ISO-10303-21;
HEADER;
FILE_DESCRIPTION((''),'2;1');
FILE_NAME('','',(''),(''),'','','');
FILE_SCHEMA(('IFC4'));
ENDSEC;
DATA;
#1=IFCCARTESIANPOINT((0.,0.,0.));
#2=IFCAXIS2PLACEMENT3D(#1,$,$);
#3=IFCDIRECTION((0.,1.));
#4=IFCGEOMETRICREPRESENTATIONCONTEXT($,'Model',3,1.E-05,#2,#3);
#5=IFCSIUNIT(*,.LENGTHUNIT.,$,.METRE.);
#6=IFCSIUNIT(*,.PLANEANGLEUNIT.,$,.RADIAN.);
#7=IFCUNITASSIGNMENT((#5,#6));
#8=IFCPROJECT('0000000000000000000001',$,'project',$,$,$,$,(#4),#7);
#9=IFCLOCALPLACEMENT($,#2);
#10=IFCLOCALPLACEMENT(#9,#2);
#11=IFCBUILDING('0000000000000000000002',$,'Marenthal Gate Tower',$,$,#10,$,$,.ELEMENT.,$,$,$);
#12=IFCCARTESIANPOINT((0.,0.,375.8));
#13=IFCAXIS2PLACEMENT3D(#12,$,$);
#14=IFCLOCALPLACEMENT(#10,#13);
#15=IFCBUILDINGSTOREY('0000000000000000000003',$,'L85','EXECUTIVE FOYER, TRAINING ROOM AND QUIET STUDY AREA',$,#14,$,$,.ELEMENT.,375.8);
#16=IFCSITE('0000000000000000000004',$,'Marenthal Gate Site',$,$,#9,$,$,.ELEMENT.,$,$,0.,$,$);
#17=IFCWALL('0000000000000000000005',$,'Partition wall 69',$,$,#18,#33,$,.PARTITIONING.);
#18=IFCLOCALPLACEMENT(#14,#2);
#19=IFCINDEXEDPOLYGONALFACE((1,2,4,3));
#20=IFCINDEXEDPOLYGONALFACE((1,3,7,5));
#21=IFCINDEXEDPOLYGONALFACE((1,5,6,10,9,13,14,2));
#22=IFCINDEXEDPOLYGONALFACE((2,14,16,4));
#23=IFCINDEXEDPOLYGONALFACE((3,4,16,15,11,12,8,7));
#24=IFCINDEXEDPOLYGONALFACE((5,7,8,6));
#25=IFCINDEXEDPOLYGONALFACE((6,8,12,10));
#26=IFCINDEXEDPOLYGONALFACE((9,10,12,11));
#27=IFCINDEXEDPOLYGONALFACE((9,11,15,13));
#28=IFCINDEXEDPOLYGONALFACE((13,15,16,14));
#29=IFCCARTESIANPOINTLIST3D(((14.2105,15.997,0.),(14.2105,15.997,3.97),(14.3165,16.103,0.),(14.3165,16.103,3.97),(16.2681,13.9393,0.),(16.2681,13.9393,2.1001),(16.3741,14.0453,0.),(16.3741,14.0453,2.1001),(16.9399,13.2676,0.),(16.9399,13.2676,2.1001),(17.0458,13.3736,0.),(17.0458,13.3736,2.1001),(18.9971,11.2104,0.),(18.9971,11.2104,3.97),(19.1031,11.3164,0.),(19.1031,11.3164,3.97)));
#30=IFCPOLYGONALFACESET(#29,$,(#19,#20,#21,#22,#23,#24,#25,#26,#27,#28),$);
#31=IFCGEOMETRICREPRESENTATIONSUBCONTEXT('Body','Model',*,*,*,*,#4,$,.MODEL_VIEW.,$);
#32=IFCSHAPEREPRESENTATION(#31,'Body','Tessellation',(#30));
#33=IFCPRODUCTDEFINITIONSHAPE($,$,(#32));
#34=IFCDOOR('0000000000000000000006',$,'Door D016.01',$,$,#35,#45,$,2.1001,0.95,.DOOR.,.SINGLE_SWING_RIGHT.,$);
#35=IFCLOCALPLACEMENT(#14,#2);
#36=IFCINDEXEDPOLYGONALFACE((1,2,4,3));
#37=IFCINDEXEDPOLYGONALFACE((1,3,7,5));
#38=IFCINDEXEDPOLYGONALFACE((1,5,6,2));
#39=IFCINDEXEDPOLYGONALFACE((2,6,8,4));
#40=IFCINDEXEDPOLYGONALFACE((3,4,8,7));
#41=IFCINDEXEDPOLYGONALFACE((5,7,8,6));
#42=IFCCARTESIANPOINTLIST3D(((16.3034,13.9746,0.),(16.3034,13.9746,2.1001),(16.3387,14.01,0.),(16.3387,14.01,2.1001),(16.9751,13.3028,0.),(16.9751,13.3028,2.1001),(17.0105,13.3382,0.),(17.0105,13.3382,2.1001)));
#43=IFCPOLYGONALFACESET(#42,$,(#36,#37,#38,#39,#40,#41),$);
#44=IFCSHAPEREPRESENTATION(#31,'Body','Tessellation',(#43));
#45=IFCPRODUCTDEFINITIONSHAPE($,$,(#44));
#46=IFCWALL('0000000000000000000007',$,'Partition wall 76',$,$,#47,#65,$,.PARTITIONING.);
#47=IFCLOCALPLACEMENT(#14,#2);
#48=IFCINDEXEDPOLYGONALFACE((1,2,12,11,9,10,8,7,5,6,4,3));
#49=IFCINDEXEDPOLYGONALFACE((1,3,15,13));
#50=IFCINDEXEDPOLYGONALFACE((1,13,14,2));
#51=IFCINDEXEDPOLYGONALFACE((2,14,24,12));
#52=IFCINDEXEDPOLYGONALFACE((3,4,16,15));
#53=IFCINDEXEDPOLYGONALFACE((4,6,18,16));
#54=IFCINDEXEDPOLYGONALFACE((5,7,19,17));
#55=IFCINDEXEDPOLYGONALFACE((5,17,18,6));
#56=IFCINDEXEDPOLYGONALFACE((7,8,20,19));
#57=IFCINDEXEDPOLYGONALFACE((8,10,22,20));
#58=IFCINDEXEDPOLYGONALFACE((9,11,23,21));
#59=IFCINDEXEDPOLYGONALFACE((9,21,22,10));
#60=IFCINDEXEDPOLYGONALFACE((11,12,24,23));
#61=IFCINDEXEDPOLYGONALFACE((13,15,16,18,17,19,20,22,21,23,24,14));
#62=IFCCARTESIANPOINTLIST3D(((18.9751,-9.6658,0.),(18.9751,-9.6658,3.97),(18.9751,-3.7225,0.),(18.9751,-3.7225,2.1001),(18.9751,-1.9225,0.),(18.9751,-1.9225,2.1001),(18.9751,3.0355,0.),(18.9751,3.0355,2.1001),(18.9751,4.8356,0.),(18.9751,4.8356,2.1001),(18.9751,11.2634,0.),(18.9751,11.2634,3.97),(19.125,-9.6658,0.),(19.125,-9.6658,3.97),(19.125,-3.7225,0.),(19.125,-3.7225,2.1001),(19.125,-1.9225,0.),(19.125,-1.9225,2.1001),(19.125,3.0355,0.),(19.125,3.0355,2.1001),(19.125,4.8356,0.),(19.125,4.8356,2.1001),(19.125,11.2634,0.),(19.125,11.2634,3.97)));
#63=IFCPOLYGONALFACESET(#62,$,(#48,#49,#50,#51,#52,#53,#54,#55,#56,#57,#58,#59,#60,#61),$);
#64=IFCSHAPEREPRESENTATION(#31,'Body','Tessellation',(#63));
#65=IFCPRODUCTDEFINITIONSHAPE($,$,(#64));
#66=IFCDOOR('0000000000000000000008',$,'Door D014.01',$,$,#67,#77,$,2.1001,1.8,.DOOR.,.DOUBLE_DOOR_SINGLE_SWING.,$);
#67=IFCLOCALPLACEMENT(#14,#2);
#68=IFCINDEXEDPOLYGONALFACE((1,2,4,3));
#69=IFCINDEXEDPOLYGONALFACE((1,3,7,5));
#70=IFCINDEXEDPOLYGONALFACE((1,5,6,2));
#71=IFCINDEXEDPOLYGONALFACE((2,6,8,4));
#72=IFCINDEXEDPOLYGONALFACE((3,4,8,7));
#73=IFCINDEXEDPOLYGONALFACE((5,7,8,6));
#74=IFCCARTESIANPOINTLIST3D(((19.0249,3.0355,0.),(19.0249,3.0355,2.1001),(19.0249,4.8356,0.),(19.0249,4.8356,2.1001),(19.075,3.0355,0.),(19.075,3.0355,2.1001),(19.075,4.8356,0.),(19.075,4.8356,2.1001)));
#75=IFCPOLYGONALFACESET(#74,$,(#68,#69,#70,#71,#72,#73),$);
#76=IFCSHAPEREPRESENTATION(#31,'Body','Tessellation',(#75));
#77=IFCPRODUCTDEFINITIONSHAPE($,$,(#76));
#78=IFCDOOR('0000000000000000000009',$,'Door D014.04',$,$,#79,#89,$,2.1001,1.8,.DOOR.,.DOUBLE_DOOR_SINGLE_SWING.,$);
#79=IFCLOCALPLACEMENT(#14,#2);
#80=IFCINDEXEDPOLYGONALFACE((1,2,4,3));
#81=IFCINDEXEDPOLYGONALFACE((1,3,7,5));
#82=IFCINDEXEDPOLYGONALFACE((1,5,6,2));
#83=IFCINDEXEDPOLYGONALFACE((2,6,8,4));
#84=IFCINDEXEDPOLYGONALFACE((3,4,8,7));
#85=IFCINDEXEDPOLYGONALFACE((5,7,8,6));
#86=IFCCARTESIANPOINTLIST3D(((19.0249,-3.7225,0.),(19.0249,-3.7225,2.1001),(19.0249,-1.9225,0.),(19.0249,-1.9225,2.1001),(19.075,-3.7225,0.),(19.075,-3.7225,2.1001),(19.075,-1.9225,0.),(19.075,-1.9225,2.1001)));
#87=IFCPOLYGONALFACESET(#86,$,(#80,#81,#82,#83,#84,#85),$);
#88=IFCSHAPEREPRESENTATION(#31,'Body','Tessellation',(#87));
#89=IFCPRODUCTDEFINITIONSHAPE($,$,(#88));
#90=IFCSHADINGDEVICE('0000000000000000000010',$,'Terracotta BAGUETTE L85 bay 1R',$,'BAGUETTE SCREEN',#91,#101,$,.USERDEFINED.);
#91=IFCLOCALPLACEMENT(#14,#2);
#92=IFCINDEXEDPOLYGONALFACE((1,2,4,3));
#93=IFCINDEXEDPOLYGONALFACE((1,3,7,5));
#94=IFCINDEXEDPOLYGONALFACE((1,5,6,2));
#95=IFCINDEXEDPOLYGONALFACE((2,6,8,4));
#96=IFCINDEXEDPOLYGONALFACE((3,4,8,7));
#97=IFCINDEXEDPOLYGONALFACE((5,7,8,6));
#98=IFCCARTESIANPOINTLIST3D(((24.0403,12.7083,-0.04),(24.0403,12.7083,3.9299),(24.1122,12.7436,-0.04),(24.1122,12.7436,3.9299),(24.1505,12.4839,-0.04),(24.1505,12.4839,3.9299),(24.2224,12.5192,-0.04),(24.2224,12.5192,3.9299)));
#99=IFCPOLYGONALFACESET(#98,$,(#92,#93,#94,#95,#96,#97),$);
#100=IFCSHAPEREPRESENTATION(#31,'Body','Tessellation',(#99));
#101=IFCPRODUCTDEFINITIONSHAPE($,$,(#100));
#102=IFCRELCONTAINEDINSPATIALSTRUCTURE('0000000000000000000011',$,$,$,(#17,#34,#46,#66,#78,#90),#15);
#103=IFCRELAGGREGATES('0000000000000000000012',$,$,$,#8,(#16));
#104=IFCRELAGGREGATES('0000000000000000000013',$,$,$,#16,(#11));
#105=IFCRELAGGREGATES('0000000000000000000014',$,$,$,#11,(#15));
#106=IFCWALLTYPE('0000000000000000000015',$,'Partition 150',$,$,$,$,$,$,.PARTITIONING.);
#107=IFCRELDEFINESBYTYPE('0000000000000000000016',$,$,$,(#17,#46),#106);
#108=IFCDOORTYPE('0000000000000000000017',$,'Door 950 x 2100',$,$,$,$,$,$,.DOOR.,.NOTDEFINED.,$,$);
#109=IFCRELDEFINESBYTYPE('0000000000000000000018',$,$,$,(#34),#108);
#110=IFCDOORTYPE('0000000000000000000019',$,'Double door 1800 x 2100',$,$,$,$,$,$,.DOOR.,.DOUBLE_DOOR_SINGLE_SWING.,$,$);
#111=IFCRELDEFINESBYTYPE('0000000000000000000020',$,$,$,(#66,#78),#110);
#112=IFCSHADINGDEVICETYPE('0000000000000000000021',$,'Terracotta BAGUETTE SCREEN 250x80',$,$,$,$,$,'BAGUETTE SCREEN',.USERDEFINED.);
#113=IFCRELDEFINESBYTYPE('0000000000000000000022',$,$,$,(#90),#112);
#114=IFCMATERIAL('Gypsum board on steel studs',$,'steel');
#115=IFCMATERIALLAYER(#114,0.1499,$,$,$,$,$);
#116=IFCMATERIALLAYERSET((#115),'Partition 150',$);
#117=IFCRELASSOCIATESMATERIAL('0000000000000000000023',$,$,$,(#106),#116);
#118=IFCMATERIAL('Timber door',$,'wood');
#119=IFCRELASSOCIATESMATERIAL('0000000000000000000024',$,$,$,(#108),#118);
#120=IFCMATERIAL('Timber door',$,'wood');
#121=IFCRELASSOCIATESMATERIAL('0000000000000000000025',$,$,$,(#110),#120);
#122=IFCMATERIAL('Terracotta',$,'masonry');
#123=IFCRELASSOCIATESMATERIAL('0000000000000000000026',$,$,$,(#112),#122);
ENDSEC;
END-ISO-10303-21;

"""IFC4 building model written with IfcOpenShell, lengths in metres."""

from ifc_helpers import new_model, si_unit, direction, frame, frame_2d, origin, origin_2d, place, context, subcontext, project, spatial, rectangle, extrude, material, layer, layer_set, material_profile, profile_set, type_object, element, fill, save


model = new_model("IFC4")

# Units and contexts
model_context = context("Model", 3, precision=1e-05, world=origin(), true_north=direction((0.0, 1.0)))
body_context = subcontext(model_context, "Body", "Model", "MODEL_VIEW")
ifc_project = project(units=[si_unit("LENGTHUNIT", "METRE"), si_unit("PLANEANGLEUNIT", "RADIAN")], contexts=[model_context])

# Site, building, storey
site_placement = place(None, origin())
site = spatial("IfcSite", under=ifc_project, at=site_placement, Name="Marenthal Gate Site", CompositionType="ELEMENT", RefElevation=0.0)
building_placement = place(site_placement, origin())
building = spatial("IfcBuilding", under=site, at=building_placement, Name="Marenthal Gate Tower", CompositionType="ELEMENT")
storey_placement = place(building_placement, frame((0.0, 0.0, 375.8)))
storey = spatial("IfcBuildingStorey", under=building, at=storey_placement, Name="L85", Description="EXECUTIVE FOYER, TRAINING ROOM AND QUIET STUDY AREA", CompositionType="ELEMENT", Elevation=375.8)

# Wall, opening, door
ifc_material_1 = material(Name="Gypsum board on steel studs", Category="steel")
ifc_layer_1 = layer(ifc_material_1, 0.1499)
ifc_layer_set_1 = layer_set([ifc_layer_1], Name="Partition 150")
wall_type_1 = type_object("IfcWallType", Name="Partition 150", PredefinedType="PARTITIONING", material=ifc_layer_set_1)
wall_1_placement = place(storey_placement, frame((14.2634, 16.05, 0.0), z_axis=(0.0, 0.0, 1.0), x_axis=(0.707107, -0.707107, 0.0)))
wall_1 = element("IfcWall", 1, at=wall_1_placement, inside=storey, type_object=wall_type_1, Name="Partition wall 69", PredefinedType="PARTITIONING", context=body_context, shape_type="SweptSolid", body=[
    extrude(rectangle(XDim=6.7693, YDim=0.1499, at=frame_2d((3.3848, 0.0))), origin(), (0.0, 0.0, 1.0), 3.97),
])
opening_1_placement = place(wall_1_placement, frame((2.9099, 0.0, 0.0)))
opening_1 = element("IfcOpeningElement", 2, at=opening_1_placement, cuts=wall_1, PredefinedType="OPENING", context=body_context, shape_type="SweptSolid", body=[
    extrude(rectangle(XDim=0.95, YDim=2.1001, at=frame_2d((0.4751, 1.05))), frame((0.0, 0.085, 0.0), z_axis=(0.0, -1.0, 0.0), x_axis=(1.0, 0.0, 0.0)), (0.0, 0.0, 1.0), 0.1699),
])
ifc_material_2 = material(Name="Timber door", Category="wood")
door_type_1 = type_object("IfcDoorType", Name="Door 950 x 2100", OperationType="NOTDEFINED", PredefinedType="DOOR", material=ifc_material_2)
door_1_placement = place(opening_1_placement, origin())
door_1 = element("IfcDoor", 3, at=door_1_placement, inside=storey, type_object=door_type_1, Name="Door D016.01", OperationType="SINGLE_SWING_RIGHT", OverallHeight=2.1001, OverallWidth=0.95, PredefinedType="DOOR", context=body_context, shape_type="SweptSolid", body=[
    extrude(rectangle(XDim=0.95, YDim=2.1001, at=frame_2d((0.4751, 1.05))), frame((0.0, 0.0249, 0.0), z_axis=(0.0, -1.0, 0.0), x_axis=(1.0, 0.0, 0.0)), (0.0, 0.0, 1.0), 0.05),
])
fill(opening_1, door_1)

# Wall, openings, doors
wall_2_placement = place(storey_placement, frame((19.05, 11.2634, 0.0), z_axis=(0.0, 0.0, 1.0), x_axis=(0.0, -1.0, 0.0)))
wall_2 = element("IfcWall", 4, at=wall_2_placement, inside=storey, type_object=wall_type_1, Name="Partition wall 76", PredefinedType="PARTITIONING", context=body_context, shape_type="SweptSolid", body=[
    extrude(rectangle(XDim=20.9292, YDim=0.1499, at=frame_2d((10.4646, 0.0))), origin(), (0.0, 0.0, 1.0), 3.97),
])
opening_2_placement = place(wall_2_placement, frame((6.428, 0.0, 0.0)))
opening_2 = element("IfcOpeningElement", 5, at=opening_2_placement, cuts=wall_2, PredefinedType="OPENING", context=body_context, shape_type="SweptSolid", body=[
    extrude(rectangle(XDim=1.8, YDim=2.1001, at=frame_2d((0.8999, 1.05))), frame((0.0, 0.085, 0.0), z_axis=(0.0, -1.0, 0.0), x_axis=(1.0, 0.0, 0.0)), (0.0, 0.0, 1.0), 0.1699),
])
opening_3_placement = place(wall_2_placement, frame((13.186, 0.0, 0.0)))
opening_3 = element("IfcOpeningElement", 6, at=opening_3_placement, cuts=wall_2, PredefinedType="OPENING", context=body_context, shape_type="SweptSolid", body=[
    extrude(rectangle(XDim=1.8, YDim=2.1001, at=frame_2d((0.8999, 1.05))), frame((0.0, 0.085, 0.0), z_axis=(0.0, -1.0, 0.0), x_axis=(1.0, 0.0, 0.0)), (0.0, 0.0, 1.0), 0.1699),
])
ifc_material_3 = material(Name="Timber door", Category="wood")
door_type_2 = type_object("IfcDoorType", Name="Double door 1800 x 2100", OperationType="DOUBLE_DOOR_SINGLE_SWING", PredefinedType="DOOR", material=ifc_material_3)
door_2_placement = place(opening_2_placement, origin())
door_2 = element("IfcDoor", 7, at=door_2_placement, inside=storey, type_object=door_type_2, Name="Door D014.01", OperationType="DOUBLE_DOOR_SINGLE_SWING", OverallHeight=2.1001, OverallWidth=1.8, PredefinedType="DOOR", context=body_context, shape_type="SweptSolid", body=[
    extrude(rectangle(XDim=1.8, YDim=2.1001, at=frame_2d((0.8999, 1.05))), frame((0.0, 0.0249, 0.0), z_axis=(0.0, -1.0, 0.0), x_axis=(1.0, 0.0, 0.0)), (0.0, 0.0, 1.0), 0.05),
])
fill(opening_2, door_2)
door_3_placement = place(opening_3_placement, origin())
door_3 = element("IfcDoor", 8, at=door_3_placement, inside=storey, type_object=door_type_2, Name="Door D014.04", OperationType="DOUBLE_DOOR_SINGLE_SWING", OverallHeight=2.1001, OverallWidth=1.8, PredefinedType="DOOR", context=body_context, shape_type="SweptSolid", body=[
    extrude(rectangle(XDim=1.8, YDim=2.1001, at=frame_2d((0.8999, 1.05))), frame((0.0, 0.0249, 0.0), z_axis=(0.0, -1.0, 0.0), x_axis=(1.0, 0.0, 0.0)), (0.0, 0.0, 1.0), 0.05),
])
fill(opening_3, door_3)

# Shading device
ifc_material_4 = material(Name="Terracotta", Category="masonry")
ifc_material_profile_1 = material_profile(ifc_material_4, rectangle(XDim=0.25, YDim=0.0801, at=origin_2d()), Name="Terracotta baguette 250x80")
ifc_profile_set_1 = profile_set([ifc_material_profile_1], Name="Terracotta")
shading_device_type = type_object("IfcShadingDeviceType", Name="Terracotta BAGUETTE SCREEN 250x80", ElementType="BAGUETTE SCREEN", PredefinedType="USERDEFINED", material=ifc_profile_set_1)
shading_device_placement = place(storey_placement, frame((24.1313, 12.6138, -0.04), z_axis=(0.0, 0.0, 1.0), x_axis=(-0.440939, 0.897537, 0.0)))
element("IfcShadingDevice", 9, at=shading_device_placement, inside=storey, type_object=shading_device_type, Name="Terracotta BAGUETTE L85 bay 1R", ObjectType="BAGUETTE SCREEN", PredefinedType="USERDEFINED", context=body_context, shape_type="SweptSolid", body=[
    extrude(rectangle(XDim=0.25, YDim=0.0801, at=origin_2d()), origin(), (0.0, 0.0, 1.0), 3.97),
])

save(model, "model.ifc")
